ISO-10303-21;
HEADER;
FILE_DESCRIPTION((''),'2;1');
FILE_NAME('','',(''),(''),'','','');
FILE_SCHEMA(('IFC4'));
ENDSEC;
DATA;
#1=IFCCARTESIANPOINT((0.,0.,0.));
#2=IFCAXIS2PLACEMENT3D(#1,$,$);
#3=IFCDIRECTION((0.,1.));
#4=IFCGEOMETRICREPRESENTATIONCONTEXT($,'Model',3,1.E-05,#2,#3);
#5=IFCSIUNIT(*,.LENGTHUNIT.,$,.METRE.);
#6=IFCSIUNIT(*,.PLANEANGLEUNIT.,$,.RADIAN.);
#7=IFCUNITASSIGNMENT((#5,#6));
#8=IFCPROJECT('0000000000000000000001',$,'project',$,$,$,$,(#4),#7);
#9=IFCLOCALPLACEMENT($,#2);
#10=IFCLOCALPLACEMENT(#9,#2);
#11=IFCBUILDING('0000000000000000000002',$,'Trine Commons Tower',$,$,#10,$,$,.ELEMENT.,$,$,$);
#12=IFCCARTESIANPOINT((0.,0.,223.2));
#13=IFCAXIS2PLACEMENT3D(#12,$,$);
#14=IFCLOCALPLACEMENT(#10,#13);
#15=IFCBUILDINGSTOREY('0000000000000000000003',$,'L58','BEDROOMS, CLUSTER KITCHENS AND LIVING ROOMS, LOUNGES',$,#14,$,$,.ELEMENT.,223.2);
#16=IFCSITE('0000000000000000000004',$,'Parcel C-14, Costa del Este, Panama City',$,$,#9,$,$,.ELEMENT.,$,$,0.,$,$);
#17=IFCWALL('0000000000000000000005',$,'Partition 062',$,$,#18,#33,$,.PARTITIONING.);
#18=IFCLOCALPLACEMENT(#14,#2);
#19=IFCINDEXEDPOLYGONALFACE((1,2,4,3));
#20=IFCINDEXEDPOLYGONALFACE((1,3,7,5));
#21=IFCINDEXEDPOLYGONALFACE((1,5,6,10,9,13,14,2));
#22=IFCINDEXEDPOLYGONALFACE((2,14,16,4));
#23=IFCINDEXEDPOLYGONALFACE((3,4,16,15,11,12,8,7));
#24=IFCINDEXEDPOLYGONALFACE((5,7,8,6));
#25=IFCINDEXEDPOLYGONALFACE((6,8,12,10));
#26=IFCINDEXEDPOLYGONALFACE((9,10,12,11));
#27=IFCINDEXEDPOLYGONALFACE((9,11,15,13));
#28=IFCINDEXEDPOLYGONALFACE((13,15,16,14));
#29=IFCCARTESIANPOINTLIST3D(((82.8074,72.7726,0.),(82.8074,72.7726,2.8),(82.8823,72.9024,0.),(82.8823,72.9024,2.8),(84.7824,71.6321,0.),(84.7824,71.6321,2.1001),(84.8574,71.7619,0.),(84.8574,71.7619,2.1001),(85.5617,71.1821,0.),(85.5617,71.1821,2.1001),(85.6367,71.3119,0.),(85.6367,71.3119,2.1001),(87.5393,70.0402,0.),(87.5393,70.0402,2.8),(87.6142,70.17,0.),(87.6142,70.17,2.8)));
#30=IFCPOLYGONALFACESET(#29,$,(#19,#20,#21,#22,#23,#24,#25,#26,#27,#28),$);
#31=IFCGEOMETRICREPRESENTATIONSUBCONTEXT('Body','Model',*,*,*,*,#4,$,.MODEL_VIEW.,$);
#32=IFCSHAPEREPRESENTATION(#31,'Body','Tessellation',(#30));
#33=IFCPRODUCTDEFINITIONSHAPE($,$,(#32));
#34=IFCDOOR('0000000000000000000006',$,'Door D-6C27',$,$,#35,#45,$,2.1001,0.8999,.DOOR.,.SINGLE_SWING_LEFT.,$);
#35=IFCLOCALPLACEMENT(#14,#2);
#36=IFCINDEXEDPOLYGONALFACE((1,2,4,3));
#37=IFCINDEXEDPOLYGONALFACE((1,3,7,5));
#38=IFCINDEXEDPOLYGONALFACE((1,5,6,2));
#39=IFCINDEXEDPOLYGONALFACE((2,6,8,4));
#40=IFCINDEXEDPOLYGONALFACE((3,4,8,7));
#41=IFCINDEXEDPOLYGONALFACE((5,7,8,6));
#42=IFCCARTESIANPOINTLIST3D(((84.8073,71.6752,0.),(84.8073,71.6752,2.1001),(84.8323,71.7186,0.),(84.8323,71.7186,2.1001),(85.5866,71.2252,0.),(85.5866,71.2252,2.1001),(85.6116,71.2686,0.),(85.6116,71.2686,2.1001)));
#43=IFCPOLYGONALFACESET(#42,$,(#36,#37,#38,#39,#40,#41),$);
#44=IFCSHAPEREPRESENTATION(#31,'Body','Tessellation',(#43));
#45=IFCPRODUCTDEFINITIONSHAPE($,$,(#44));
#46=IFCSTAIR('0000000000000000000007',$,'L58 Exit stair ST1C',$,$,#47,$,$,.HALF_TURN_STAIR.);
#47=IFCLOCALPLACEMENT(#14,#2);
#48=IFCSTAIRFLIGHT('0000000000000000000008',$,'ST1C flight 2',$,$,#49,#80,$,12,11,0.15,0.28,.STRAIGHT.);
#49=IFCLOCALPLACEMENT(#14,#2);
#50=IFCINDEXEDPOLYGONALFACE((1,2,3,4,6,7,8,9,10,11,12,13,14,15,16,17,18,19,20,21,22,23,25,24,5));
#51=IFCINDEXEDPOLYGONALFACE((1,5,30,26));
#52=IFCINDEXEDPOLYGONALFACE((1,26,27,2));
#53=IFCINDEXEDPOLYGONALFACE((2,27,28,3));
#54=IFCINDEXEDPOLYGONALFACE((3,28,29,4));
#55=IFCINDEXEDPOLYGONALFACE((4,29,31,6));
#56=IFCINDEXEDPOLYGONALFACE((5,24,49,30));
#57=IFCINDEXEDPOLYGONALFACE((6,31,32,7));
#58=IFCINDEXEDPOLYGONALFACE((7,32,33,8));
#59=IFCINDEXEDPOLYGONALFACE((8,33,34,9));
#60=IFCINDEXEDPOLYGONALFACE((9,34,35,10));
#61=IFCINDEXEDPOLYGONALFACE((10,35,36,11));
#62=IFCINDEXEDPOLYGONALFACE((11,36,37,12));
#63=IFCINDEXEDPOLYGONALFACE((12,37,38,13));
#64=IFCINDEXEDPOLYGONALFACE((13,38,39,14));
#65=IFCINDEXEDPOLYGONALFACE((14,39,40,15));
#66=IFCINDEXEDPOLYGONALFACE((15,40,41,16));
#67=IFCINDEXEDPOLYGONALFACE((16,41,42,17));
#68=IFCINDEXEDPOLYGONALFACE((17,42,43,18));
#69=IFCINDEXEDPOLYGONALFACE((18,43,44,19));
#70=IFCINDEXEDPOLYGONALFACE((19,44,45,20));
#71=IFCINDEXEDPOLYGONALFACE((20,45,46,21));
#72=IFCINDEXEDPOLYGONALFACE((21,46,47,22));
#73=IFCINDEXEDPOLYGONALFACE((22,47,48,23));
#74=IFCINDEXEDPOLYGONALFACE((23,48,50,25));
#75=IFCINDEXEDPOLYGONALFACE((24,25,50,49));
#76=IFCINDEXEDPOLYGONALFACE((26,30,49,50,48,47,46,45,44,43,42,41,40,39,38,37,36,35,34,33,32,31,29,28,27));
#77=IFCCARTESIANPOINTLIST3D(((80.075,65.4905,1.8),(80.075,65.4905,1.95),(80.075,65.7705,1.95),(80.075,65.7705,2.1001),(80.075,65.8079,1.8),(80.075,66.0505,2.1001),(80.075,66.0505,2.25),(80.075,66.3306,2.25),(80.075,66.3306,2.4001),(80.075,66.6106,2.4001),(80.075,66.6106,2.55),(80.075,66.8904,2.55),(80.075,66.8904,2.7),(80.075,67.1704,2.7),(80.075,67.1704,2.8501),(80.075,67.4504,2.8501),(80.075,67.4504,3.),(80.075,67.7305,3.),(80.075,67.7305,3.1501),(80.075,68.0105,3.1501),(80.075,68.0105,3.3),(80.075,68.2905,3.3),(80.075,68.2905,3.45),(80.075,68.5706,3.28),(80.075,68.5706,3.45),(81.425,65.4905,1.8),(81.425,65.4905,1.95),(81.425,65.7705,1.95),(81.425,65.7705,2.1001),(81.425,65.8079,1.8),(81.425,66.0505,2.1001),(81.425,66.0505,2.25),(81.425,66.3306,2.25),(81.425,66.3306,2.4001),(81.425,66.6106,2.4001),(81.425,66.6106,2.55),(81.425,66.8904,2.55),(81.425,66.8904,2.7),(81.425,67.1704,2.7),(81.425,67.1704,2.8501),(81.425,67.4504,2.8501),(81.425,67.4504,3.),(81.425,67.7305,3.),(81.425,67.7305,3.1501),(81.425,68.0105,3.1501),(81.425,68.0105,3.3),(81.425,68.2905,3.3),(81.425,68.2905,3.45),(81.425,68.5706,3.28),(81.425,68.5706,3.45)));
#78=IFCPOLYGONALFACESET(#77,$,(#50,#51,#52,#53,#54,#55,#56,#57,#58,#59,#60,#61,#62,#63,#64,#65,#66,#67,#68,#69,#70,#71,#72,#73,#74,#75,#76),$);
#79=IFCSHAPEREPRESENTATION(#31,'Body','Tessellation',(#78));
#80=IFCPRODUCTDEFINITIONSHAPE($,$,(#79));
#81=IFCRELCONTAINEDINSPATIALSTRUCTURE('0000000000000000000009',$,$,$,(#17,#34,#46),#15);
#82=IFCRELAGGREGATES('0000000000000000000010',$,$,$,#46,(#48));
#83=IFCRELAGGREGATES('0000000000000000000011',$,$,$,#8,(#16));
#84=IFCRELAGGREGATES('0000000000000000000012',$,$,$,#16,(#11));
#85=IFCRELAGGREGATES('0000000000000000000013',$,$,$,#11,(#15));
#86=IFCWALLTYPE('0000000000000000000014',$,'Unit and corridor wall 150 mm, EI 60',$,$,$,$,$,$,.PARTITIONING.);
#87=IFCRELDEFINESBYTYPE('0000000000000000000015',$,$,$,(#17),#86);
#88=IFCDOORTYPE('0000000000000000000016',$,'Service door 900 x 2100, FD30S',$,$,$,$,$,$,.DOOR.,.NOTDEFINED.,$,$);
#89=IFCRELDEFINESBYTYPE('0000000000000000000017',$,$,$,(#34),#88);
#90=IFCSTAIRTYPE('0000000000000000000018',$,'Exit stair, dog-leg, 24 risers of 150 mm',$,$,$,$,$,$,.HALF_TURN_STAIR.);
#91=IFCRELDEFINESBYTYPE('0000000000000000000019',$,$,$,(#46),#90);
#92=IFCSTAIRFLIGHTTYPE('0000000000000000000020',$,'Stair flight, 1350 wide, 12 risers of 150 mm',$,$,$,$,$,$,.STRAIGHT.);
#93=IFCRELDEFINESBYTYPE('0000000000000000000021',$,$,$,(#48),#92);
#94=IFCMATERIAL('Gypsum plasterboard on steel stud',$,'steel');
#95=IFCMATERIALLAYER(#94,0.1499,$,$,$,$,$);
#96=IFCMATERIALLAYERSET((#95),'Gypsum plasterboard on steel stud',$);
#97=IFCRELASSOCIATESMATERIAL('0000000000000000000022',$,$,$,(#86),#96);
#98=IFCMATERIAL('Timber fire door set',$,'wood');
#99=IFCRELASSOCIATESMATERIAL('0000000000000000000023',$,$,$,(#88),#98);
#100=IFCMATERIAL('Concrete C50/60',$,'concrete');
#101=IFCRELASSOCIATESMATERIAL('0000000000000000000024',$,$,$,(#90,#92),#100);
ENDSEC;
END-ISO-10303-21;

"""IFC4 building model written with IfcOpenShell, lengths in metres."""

from ifc_helpers import new_model, si_unit, direction, frame, frame_2d, origin, place, context, subcontext, project, spatial, polyline, rectangle, outline, extrude, material, layer, layer_set, type_object, element, fill, aggregate, save


model = new_model("IFC4")

# Units and contexts
model_context = context("Model", 3, precision=1e-05, world=origin(), true_north=direction((0.0, 1.0)))
body_context = subcontext(model_context, "Body", "Model", "MODEL_VIEW")
ifc_project = project(units=[si_unit("LENGTHUNIT", "METRE"), si_unit("PLANEANGLEUNIT", "RADIAN")], contexts=[model_context])

# Site, building, storey
site_placement = place(None, origin())
site = spatial("IfcSite", under=ifc_project, at=site_placement, Name="Parcel C-14, Costa del Este, Panama City", CompositionType="ELEMENT", RefElevation=0.0)
building_placement = place(site_placement, origin())
building = spatial("IfcBuilding", under=site, at=building_placement, Name="Trine Commons Tower", CompositionType="ELEMENT")
storey_placement = place(building_placement, frame((0.0, 0.0, 223.2)))
storey = spatial("IfcBuildingStorey", under=building, at=storey_placement, Name="L58", Description="BEDROOMS, CLUSTER KITCHENS AND LIVING ROOMS, LOUNGES", CompositionType="ELEMENT", Elevation=223.2)

# Shared definitions
ifc_material_1 = material(Name="Gypsum plasterboard on steel stud", Category="steel")
ifc_layer_1 = layer(ifc_material_1, 0.1499)
ifc_layer_set_1 = layer_set([ifc_layer_1], Name="Gypsum plasterboard on steel stud")
wall_type_1 = type_object("IfcWallType", Name="Unit and corridor wall 150 mm, EI 60", PredefinedType="PARTITIONING", material=ifc_layer_set_1)

# Wall, opening, door
wall_1_placement = place(storey_placement, frame((82.845, 72.8374, 0.0), z_axis=(0.0, 0.0, 1.0), x_axis=(0.865991, -0.50006, 0.0)))
wall_1 = element("IfcWall", 1, at=wall_1_placement, inside=storey, type_object=wall_type_1, Name="Partition 062", PredefinedType="PARTITIONING", context=body_context, shape_type="SweptSolid", body=[
    extrude(rectangle(XDim=5.4641, YDim=0.1499, at=frame_2d((2.7319, 0.0))), origin(), (0.0, 0.0, 1.0), 2.8),
])
opening_1_placement = place(wall_1_placement, frame((2.2805, 0.0, 0.0)))
opening_1 = element("IfcOpeningElement", 2, at=opening_1_placement, cuts=wall_1, PredefinedType="OPENING", context=body_context, shape_type="SweptSolid", body=[
    extrude(rectangle(XDim=0.8999, YDim=2.1001, at=frame_2d((0.45, 1.05))), frame((0.0, 0.085, 0.0), z_axis=(0.0, -1.0, 0.0), x_axis=(1.0, 0.0, 0.0)), (0.0, 0.0, 1.0), 0.1699),
])
ifc_material_2 = material(Name="Timber fire door set", Category="wood")
door_type_1 = type_object("IfcDoorType", Name="Service door 900 x 2100, FD30S", OperationType="NOTDEFINED", PredefinedType="DOOR", material=ifc_material_2)
door_1_placement = place(opening_1_placement, origin())
door_1 = element("IfcDoor", 3, at=door_1_placement, inside=storey, type_object=door_type_1, Name="Door D-6C27", OperationType="SINGLE_SWING_LEFT", OverallHeight=2.1001, OverallWidth=0.8999, PredefinedType="DOOR", context=body_context, shape_type="SweptSolid", body=[
    extrude(rectangle(XDim=0.8999, YDim=2.1001, at=frame_2d((0.45, 1.05))), frame((0.0, 0.0249, 0.0), z_axis=(0.0, -1.0, 0.0), x_axis=(1.0, 0.0, 0.0)), (0.0, 0.0, 1.0), 0.05),
])
fill(opening_1, door_1)

# Stair, stair flight
ifc_material_3 = material(Name="Concrete C50/60", Category="concrete")
stair_type = type_object("IfcStairType", Name="Exit stair, dog-leg, 24 risers of 150 mm", PredefinedType="HALF_TURN_STAIR", material=ifc_material_3)
stair_placement = place(storey_placement, origin())
stair = element("IfcStair", 4, at=stair_placement, inside=storey, type_object=stair_type, Name="L58 Exit stair ST1C", PredefinedType="HALF_TURN_STAIR")
stair_flight_type = type_object("IfcStairFlightType", Name="Stair flight, 1350 wide, 12 risers of 150 mm", PredefinedType="STRAIGHT", material=ifc_material_3)
stair_flight_placement = place(storey_placement, frame((80.75, 65.4905, 1.8), z_axis=(0.0, 0.0, 1.0), x_axis=(0.0, 1.0, 0.0)))
stair_flight = element("IfcStairFlight", 5, at=stair_flight_placement, type_object=stair_flight_type, Name="ST1C flight 2", NumberOfRisers=12, NumberOfTreads=11, PredefinedType="STRAIGHT", RiserHeight=0.15, TreadLength=0.28, context=body_context, shape_type="SweptSolid", body=[
    extrude(outline(polyline([(0.0, 0.0), (0.0, 0.1499), (0.28, 0.1499), (0.28, 0.3), (0.5601, 0.3), (0.5601, 0.45), (0.8401, 0.45), (0.8401, 0.6001), (1.1201, 0.6001), (1.1201, 0.75), (1.3999, 0.75), (1.3999, 0.8999), (1.6799, 0.8999), (1.6799, 1.05), (1.96, 1.05), (1.96, 1.2), (2.24, 1.2), (2.24, 1.3501), (2.52, 1.3501), (2.52, 1.5), (2.8, 1.5), (2.8, 1.6499), (3.0801, 1.6499), (3.0801, 1.8), (3.0801, 1.48), (0.3174, 0.0), (0.0, 0.0)])), frame((0.0, 0.675, 0.0), z_axis=(0.0, -1.0, 0.0), x_axis=(1.0, 0.0, 0.0)), (0.0, 0.0, 1.0), 1.3501),
])
aggregate(stair, [stair_flight])

save(model, "model.ifc")
